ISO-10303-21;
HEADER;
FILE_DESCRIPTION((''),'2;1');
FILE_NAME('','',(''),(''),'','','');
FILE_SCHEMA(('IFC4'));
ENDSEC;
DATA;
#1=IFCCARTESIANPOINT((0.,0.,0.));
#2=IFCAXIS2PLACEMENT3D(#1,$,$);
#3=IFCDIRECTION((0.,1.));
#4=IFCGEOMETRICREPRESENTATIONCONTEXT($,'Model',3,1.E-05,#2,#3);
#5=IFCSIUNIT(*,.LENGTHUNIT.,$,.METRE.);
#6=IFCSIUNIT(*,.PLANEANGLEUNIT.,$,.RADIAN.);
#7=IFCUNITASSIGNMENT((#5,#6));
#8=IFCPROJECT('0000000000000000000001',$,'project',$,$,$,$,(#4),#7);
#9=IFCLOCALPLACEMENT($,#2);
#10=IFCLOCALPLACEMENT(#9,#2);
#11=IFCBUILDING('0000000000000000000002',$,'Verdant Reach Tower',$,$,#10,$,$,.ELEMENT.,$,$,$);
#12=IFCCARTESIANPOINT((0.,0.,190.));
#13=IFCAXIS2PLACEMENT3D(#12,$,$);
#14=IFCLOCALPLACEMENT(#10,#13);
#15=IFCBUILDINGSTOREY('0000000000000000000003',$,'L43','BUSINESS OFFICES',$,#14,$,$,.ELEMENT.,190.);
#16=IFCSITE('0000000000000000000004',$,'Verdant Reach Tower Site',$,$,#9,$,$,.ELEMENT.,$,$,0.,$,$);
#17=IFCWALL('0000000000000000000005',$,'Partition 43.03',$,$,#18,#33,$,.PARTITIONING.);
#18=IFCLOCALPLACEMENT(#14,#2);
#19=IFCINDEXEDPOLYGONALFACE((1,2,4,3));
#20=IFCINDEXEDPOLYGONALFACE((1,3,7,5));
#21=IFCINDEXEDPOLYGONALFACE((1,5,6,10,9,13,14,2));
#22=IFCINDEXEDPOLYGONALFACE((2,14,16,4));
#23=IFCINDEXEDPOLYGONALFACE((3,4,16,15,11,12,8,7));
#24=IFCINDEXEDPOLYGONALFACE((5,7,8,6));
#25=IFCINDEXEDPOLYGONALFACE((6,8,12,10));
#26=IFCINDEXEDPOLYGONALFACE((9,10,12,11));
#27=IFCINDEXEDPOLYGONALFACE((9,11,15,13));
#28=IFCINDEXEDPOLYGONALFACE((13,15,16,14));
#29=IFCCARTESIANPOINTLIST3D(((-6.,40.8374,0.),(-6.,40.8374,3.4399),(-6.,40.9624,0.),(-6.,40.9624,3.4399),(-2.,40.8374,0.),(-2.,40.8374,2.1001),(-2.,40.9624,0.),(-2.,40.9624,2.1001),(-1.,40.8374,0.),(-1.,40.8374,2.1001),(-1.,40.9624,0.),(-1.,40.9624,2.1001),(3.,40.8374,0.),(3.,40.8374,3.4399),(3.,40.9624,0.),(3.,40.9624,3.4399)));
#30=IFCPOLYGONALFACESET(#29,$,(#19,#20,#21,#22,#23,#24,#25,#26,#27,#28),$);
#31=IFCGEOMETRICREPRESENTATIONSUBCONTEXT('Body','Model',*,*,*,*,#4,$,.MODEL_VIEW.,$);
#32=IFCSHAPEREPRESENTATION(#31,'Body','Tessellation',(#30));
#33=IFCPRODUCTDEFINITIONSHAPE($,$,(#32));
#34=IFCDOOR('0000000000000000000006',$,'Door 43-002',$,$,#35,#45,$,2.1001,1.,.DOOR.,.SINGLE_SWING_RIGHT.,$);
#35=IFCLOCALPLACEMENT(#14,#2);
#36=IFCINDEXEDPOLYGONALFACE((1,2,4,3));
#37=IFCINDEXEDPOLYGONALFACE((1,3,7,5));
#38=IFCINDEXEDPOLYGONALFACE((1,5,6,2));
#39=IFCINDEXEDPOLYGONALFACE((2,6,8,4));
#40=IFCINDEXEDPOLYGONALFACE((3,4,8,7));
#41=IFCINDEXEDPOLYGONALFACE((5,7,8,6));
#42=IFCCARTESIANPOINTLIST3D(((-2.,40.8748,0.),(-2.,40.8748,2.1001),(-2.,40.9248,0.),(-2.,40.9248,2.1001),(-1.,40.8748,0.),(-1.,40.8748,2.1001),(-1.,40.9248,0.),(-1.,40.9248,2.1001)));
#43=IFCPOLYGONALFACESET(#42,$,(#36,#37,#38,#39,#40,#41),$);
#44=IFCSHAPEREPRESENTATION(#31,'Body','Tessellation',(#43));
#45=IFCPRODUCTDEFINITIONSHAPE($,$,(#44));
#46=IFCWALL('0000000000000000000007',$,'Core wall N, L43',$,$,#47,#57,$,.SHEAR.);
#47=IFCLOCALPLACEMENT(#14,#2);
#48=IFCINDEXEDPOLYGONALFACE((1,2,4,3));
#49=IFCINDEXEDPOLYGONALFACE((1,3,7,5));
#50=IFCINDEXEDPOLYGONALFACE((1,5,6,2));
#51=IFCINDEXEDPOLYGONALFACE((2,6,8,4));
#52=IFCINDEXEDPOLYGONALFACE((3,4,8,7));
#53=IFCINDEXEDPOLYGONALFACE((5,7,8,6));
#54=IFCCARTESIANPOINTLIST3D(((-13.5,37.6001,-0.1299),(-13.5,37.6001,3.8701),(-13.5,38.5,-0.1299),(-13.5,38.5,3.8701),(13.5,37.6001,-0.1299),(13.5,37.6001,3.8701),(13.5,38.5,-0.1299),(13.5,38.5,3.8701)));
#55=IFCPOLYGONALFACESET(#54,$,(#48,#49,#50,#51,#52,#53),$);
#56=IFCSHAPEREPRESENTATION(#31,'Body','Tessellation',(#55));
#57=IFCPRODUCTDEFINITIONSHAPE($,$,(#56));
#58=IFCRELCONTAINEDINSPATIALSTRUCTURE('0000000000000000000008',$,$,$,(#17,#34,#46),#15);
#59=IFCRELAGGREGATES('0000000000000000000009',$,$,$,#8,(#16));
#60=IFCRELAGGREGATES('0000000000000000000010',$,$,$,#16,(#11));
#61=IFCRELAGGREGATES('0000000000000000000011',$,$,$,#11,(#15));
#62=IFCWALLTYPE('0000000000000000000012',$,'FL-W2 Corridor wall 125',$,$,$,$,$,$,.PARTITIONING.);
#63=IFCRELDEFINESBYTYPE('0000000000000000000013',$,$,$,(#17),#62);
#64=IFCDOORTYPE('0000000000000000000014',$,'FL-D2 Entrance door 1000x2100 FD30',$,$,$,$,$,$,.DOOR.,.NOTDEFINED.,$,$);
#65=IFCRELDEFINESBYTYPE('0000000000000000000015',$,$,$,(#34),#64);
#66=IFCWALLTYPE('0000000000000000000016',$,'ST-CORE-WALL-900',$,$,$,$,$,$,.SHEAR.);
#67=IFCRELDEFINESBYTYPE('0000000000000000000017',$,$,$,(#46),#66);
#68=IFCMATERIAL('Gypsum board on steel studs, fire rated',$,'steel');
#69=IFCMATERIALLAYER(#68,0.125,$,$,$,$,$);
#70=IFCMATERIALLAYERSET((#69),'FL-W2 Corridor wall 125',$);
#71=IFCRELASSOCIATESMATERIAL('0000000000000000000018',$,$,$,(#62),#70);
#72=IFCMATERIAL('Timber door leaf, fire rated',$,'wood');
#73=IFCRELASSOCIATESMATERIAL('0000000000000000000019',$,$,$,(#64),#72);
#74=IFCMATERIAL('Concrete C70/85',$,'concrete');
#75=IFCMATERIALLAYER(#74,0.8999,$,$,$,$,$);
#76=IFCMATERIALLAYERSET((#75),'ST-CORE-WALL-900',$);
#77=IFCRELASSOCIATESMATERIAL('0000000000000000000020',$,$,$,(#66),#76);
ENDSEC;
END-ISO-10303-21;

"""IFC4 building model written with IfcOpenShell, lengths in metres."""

from ifc_helpers import new_model, si_unit, direction, frame, frame_2d, origin, place, context, subcontext, project, spatial, rectangle, extrude, material, layer, layer_set, type_object, element, fill, save


model = new_model("IFC4")

# Units and contexts
model_context = context("Model", 3, precision=1e-05, world=origin(), true_north=direction((0.0, 1.0)))
body_context = subcontext(model_context, "Body", "Model", "MODEL_VIEW")
ifc_project = project(units=[si_unit("LENGTHUNIT", "METRE"), si_unit("PLANEANGLEUNIT", "RADIAN")], contexts=[model_context])

# Site, building, storey
site_placement = place(None, origin())
site = spatial("IfcSite", under=ifc_project, at=site_placement, Name="Verdant Reach Tower Site", CompositionType="ELEMENT", RefElevation=0.0)
building_placement = place(site_placement, origin())
building = spatial("IfcBuilding", under=site, at=building_placement, Name="Verdant Reach Tower", CompositionType="ELEMENT")
storey_placement = place(building_placement, frame((0.0, 0.0, 190.0)))
storey = spatial("IfcBuildingStorey", under=building, at=storey_placement, Name="L43", Description="BUSINESS OFFICES", CompositionType="ELEMENT", Elevation=190.0)

# Shared definitions
ifc_material_1 = material(Name="Gypsum board on steel studs, fire rated", Category="steel")
ifc_layer_1 = layer(ifc_material_1, 0.125)
ifc_layer_set_1 = layer_set([ifc_layer_1], Name="FL-W2 Corridor wall 125")
wall_type_1 = type_object("IfcWallType", Name="FL-W2 Corridor wall 125", PredefinedType="PARTITIONING", material=ifc_layer_set_1)

# Wall, opening, door
wall_1_placement = place(storey_placement, frame((-6.0, 40.8999, 0.0), z_axis=(0.0, 0.0, 1.0), x_axis=(1.0, 0.0, 0.0)))
wall_1 = element("IfcWall", 1, at=wall_1_placement, inside=storey, type_object=wall_type_1, Name="Partition 43.03", PredefinedType="PARTITIONING", context=body_context, shape_type="SweptSolid", body=[
    extrude(rectangle(XDim=9.0, YDim=0.125, at=frame_2d((4.5, 0.0))), origin(), (0.0, 0.0, 1.0), 3.4399),
])
opening_1_placement = place(wall_1_placement, frame((4.0, 0.0, 0.0)))
opening_1 = element("IfcOpeningElement", 2, at=opening_1_placement, cuts=wall_1, PredefinedType="OPENING", context=body_context, shape_type="SweptSolid", body=[
    extrude(rectangle(XDim=1.0, YDim=2.1001, at=frame_2d((0.5, 1.05))), frame((0.0, 0.0725, 0.0), z_axis=(0.0, -1.0, 0.0), x_axis=(1.0, 0.0, 0.0)), (0.0, 0.0, 1.0), 0.145),
])
ifc_material_2 = material(Name="Timber door leaf, fire rated", Category="wood")
door_type_1 = type_object("IfcDoorType", Name="FL-D2 Entrance door 1000x2100 FD30", OperationType="NOTDEFINED", PredefinedType="DOOR", material=ifc_material_2)
door_1_placement = place(opening_1_placement, origin())
door_1 = element("IfcDoor", 3, at=door_1_placement, inside=storey, type_object=door_type_1, Name="Door 43-002", OperationType="SINGLE_SWING_RIGHT", OverallHeight=2.1001, OverallWidth=1.0, PredefinedType="DOOR", context=body_context, shape_type="SweptSolid", body=[
    extrude(rectangle(XDim=1.0, YDim=2.1001, at=frame_2d((0.5, 1.05))), frame((0.0, 0.0249, 0.0), z_axis=(0.0, -1.0, 0.0), x_axis=(1.0, 0.0, 0.0)), (0.0, 0.0, 1.0), 0.05),
])
fill(opening_1, door_1)

# Wall
ifc_material_3 = material(Name="Concrete C70/85", Category="concrete")
ifc_layer_2 = layer(ifc_material_3, 0.8999)
ifc_layer_set_2 = layer_set([ifc_layer_2], Name="ST-CORE-WALL-900")
wall_type_2 = type_object("IfcWallType", Name="ST-CORE-WALL-900", PredefinedType="SHEAR", material=ifc_layer_set_2)
wall_2_placement = place(storey_placement, frame((-13.5, 38.05, -0.1299), z_axis=(0.0, 0.0, 1.0), x_axis=(1.0, 0.0, 0.0)))
element("IfcWall", 4, at=wall_2_placement, inside=storey, type_object=wall_type_2, Name="Core wall N, L43", PredefinedType="SHEAR", context=body_context, shape_type="SweptSolid", body=[
    extrude(rectangle(XDim=27.0, YDim=0.8999, at=frame_2d((13.5, 0.0))), origin(), (0.0, 0.0, 1.0), 4.0),
])

save(model, "model.ifc")
